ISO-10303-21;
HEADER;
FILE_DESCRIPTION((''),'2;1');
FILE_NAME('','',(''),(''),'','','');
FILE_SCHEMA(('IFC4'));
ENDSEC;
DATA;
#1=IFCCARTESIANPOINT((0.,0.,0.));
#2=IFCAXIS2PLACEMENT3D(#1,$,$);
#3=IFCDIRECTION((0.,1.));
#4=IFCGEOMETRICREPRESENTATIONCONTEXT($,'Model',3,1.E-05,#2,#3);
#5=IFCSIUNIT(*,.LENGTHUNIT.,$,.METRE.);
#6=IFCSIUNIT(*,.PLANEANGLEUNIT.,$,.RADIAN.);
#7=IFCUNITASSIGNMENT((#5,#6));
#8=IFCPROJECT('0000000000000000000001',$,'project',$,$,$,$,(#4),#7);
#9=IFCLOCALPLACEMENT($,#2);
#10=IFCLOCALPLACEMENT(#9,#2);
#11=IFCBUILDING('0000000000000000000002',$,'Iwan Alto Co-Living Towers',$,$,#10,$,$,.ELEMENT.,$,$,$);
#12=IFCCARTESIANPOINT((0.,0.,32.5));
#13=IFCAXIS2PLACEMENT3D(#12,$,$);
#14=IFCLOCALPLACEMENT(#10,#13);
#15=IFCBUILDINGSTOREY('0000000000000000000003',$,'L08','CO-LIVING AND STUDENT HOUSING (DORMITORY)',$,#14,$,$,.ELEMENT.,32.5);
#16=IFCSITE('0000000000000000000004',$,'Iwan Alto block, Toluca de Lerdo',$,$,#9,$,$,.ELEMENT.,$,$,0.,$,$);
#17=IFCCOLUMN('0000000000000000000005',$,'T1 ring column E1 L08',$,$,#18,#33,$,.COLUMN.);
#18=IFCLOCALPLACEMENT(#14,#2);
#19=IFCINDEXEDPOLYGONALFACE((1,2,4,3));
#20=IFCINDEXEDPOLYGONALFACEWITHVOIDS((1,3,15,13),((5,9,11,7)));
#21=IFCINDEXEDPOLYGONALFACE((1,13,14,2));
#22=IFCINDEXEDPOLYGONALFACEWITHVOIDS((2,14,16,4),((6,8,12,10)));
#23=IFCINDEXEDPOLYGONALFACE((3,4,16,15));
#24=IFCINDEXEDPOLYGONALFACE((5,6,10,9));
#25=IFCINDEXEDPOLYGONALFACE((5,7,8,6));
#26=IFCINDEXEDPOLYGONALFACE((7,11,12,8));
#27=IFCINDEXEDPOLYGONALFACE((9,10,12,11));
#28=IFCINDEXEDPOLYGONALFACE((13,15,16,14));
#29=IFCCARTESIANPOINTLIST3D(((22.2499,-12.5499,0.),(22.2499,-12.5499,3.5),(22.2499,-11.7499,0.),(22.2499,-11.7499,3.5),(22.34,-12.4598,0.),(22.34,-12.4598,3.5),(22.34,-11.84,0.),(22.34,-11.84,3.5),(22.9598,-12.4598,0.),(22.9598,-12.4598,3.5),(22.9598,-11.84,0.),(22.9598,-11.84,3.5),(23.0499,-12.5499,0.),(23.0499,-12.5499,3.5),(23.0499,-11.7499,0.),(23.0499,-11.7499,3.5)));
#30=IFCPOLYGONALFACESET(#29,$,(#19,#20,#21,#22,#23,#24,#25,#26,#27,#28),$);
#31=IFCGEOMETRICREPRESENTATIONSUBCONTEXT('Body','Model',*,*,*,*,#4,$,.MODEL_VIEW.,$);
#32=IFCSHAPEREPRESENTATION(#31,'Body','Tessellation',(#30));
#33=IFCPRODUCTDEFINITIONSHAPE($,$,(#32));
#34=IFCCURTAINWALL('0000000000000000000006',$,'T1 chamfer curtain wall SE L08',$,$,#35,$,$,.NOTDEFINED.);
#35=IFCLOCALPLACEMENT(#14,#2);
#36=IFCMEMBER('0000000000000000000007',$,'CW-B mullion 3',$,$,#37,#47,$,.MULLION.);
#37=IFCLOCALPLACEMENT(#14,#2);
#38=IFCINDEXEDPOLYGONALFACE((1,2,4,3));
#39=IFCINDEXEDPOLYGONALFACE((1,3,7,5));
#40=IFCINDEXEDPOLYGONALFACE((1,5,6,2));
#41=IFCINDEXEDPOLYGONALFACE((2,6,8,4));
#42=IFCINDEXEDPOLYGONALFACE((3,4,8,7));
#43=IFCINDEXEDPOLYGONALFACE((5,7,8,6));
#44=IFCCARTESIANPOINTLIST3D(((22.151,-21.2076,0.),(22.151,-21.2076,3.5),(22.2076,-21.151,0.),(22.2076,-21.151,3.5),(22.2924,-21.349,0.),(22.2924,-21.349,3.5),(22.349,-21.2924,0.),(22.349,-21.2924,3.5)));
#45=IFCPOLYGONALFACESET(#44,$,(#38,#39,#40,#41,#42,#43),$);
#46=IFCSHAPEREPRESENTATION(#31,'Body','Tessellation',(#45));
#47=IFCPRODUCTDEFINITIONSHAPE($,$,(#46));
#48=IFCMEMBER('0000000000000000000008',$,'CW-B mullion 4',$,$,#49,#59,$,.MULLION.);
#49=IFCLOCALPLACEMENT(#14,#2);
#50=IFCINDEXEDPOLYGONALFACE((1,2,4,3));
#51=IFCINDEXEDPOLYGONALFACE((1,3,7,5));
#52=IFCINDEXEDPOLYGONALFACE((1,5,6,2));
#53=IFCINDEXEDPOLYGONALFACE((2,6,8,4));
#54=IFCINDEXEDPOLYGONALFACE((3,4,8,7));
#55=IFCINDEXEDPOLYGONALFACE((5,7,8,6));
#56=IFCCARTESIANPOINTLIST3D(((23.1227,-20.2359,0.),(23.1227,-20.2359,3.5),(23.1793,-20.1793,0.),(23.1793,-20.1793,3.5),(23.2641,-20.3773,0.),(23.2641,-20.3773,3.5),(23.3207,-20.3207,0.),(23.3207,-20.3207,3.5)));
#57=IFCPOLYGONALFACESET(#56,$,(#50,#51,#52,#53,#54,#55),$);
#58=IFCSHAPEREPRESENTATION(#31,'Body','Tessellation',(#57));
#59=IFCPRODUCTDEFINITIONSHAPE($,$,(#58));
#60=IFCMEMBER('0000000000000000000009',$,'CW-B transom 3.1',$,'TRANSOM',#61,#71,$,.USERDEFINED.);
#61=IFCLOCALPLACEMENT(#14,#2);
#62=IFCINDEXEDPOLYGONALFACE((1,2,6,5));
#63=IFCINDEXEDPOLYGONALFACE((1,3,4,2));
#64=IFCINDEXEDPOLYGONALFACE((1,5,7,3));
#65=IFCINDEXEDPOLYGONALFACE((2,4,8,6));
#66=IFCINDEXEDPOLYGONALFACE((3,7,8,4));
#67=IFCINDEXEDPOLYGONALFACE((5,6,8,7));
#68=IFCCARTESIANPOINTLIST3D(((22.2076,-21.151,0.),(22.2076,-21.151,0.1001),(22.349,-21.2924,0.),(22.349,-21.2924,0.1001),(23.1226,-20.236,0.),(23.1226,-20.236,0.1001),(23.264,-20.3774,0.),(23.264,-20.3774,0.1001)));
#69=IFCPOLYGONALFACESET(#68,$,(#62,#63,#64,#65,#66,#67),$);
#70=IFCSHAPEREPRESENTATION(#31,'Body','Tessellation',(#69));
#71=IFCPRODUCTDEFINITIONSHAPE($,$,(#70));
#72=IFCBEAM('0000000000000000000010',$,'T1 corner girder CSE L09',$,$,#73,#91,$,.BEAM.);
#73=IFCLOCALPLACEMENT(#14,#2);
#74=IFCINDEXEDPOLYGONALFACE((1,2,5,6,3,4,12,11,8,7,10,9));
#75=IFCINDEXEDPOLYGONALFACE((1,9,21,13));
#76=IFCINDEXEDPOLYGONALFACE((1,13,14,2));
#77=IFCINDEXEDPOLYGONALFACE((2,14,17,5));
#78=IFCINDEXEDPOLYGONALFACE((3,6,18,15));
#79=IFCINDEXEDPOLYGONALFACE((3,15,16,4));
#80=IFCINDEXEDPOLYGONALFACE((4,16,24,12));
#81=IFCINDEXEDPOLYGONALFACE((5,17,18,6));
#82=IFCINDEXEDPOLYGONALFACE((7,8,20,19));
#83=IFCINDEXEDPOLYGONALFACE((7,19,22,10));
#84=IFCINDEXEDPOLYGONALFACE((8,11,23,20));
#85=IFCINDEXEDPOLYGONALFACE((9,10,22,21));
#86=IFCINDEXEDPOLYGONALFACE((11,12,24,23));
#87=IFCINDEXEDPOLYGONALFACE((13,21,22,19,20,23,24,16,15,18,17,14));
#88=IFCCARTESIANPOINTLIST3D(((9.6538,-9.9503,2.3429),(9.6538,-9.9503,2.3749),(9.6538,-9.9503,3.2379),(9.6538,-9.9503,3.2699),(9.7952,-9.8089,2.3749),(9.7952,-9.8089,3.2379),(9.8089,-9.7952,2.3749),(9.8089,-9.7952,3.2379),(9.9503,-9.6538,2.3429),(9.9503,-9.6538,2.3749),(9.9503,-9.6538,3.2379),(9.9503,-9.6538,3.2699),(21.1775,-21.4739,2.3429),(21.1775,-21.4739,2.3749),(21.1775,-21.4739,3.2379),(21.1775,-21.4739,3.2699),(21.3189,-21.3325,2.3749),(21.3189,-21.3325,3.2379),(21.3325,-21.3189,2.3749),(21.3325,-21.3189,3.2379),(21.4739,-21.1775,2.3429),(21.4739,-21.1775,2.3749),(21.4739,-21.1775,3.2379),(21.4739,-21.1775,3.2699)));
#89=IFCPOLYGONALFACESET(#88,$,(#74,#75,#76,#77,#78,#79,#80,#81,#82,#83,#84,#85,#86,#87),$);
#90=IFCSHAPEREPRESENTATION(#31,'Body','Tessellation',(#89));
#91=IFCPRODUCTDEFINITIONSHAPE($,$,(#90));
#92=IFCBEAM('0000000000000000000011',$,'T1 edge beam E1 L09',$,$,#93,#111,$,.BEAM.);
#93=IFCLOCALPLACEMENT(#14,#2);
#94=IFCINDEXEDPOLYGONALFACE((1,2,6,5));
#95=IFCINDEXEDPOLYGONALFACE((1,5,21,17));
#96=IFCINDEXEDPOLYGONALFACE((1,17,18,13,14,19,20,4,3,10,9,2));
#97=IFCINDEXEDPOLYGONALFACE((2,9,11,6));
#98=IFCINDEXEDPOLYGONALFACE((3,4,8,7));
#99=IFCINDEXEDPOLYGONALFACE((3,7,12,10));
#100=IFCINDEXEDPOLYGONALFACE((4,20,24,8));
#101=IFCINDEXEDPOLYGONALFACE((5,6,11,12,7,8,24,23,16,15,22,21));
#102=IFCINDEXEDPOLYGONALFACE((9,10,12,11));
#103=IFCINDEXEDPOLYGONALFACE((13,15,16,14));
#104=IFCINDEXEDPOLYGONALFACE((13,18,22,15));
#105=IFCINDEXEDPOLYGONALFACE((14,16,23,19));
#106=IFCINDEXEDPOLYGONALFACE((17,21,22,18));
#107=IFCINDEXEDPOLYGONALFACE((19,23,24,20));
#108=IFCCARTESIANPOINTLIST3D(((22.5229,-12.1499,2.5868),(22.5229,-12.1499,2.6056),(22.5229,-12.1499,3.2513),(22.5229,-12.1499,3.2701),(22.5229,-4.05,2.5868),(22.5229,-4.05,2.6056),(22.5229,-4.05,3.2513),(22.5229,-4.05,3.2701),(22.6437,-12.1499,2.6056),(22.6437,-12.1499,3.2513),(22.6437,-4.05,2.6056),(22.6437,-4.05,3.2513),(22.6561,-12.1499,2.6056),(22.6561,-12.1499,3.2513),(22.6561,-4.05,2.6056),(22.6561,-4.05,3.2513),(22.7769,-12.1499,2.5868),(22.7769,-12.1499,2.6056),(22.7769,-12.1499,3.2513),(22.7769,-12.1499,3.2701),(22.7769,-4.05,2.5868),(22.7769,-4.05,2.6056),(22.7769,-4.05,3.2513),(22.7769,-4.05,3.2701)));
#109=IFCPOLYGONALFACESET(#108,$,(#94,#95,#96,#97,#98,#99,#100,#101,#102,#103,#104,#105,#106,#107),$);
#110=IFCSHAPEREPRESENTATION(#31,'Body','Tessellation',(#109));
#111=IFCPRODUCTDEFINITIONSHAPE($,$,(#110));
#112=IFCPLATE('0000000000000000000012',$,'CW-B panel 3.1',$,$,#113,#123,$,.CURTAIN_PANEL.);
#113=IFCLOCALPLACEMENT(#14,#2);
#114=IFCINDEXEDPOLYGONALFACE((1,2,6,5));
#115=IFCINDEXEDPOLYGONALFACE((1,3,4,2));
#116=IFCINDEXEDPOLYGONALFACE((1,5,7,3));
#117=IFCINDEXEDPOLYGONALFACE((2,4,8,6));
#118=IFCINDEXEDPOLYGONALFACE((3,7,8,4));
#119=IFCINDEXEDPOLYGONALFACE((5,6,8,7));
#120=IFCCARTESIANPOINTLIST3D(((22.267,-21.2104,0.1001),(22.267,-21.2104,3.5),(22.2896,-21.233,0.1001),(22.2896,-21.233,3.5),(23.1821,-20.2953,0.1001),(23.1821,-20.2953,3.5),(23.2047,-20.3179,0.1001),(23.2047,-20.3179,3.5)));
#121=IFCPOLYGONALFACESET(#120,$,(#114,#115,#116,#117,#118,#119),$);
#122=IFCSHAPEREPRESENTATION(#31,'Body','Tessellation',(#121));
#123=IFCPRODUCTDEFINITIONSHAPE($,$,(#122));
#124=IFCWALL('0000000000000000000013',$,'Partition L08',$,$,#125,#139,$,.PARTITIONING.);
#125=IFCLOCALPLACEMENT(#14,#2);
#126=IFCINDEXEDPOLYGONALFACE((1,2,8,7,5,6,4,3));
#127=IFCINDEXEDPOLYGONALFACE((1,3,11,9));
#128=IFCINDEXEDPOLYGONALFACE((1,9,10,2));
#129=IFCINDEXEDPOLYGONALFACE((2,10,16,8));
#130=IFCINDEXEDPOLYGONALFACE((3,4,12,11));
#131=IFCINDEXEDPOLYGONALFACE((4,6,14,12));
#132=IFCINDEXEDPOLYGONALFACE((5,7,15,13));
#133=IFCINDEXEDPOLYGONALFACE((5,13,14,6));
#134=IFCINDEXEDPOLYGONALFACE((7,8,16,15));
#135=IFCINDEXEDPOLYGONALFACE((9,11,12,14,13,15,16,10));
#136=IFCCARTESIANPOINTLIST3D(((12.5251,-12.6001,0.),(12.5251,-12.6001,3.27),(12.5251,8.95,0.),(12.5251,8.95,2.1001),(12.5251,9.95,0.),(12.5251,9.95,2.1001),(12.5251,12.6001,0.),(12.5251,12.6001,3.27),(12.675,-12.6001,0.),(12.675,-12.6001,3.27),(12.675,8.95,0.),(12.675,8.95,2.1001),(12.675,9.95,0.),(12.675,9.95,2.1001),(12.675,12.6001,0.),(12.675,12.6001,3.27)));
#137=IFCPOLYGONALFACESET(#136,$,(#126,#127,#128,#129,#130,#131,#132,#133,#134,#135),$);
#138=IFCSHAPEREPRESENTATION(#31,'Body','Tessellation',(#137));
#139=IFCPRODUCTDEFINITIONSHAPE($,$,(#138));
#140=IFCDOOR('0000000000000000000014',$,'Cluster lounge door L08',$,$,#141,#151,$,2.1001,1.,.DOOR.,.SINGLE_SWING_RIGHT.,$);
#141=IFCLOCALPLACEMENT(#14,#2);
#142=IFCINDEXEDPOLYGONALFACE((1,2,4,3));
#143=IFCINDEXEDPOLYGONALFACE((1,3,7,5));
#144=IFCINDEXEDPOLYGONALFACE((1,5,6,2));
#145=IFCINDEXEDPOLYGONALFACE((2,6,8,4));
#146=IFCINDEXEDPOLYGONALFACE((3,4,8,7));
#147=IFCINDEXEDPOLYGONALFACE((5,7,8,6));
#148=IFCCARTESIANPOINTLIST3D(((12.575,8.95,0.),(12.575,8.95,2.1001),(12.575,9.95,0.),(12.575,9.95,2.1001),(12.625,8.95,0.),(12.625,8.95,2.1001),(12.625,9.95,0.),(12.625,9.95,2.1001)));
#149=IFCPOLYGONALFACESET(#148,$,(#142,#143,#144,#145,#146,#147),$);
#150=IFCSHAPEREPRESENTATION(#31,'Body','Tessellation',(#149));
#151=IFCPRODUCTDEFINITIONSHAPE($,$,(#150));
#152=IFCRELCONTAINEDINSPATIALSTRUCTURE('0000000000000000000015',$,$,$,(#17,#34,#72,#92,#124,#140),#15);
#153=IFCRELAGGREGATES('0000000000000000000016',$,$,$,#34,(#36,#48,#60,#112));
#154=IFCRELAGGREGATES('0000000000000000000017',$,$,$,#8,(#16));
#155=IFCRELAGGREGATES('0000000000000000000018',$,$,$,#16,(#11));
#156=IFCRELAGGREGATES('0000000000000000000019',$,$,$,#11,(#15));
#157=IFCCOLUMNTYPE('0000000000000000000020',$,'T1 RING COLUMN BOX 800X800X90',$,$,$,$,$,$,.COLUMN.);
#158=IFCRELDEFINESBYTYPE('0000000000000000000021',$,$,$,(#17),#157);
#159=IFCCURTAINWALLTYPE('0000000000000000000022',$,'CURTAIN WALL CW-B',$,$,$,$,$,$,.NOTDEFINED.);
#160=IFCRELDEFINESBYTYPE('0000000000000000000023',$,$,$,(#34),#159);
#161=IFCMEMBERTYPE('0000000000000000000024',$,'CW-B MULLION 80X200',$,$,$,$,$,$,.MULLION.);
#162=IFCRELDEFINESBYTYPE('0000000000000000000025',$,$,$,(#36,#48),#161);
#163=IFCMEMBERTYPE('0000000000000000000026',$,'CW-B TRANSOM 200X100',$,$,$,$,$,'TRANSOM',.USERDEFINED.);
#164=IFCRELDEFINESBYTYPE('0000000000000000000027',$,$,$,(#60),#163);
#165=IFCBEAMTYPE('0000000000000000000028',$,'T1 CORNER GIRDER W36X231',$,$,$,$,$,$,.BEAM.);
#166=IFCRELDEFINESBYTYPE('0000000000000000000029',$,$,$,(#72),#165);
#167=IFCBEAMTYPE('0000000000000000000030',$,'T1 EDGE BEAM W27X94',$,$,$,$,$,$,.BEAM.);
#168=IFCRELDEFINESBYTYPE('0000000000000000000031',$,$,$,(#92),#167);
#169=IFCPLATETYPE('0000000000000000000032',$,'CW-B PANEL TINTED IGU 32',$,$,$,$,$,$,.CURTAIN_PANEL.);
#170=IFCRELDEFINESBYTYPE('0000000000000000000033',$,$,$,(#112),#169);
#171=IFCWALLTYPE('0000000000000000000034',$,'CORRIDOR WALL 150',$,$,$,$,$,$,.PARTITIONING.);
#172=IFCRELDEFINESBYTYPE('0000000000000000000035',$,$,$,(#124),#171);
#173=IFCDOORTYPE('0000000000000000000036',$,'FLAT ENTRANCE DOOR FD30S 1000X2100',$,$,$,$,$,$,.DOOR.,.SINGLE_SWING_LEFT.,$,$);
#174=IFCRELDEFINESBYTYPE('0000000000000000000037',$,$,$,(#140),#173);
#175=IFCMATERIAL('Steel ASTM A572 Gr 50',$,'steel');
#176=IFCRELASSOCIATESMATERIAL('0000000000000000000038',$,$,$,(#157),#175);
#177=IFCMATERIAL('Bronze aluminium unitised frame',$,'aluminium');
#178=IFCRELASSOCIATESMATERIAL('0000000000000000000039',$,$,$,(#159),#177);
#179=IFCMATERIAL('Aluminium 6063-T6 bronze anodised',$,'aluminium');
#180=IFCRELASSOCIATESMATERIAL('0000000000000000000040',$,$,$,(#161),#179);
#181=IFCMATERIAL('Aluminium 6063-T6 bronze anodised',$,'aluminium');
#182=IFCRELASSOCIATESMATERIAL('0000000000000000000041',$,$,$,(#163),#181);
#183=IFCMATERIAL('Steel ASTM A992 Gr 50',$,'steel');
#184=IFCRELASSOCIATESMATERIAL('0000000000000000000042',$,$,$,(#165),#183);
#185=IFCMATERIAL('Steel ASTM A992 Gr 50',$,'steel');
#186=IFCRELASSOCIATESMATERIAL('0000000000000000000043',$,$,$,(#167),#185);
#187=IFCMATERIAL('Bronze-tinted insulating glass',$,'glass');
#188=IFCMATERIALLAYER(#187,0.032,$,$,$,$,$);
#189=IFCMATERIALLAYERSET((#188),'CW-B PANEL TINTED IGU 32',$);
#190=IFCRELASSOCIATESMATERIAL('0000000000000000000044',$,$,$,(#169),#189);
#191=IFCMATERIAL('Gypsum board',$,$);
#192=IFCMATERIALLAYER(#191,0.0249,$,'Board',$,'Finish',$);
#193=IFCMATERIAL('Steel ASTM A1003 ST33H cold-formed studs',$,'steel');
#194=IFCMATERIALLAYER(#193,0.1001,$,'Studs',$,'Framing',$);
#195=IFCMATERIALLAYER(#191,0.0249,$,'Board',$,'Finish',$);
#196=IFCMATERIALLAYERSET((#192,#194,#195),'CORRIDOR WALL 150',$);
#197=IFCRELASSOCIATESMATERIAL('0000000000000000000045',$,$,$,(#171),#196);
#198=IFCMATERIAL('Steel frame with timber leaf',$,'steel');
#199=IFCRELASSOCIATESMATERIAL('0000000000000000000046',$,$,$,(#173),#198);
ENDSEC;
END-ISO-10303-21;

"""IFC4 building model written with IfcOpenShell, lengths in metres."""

from ifc_helpers import new_model, si_unit, direction, frame, frame_2d, origin, origin_2d, place, context, subcontext, project, spatial, rectangle, hollow_rectangle, i_section, extrude, material, layer, layer_set, material_profile, profile_set, type_object, element, fill, aggregate, save


model = new_model("IFC4")

# Units and contexts
model_context = context("Model", 3, precision=1e-05, world=origin(), true_north=direction((0.0, 1.0)))
body_context = subcontext(model_context, "Body", "Model", "MODEL_VIEW")
ifc_project = project(units=[si_unit("LENGTHUNIT", "METRE"), si_unit("PLANEANGLEUNIT", "RADIAN")], contexts=[model_context])

# Site, building, storey
site_placement = place(None, origin())
site = spatial("IfcSite", under=ifc_project, at=site_placement, Name="Iwan Alto block, Toluca de Lerdo", CompositionType="ELEMENT", RefElevation=0.0)
building_placement = place(site_placement, origin())
building = spatial("IfcBuilding", under=site, at=building_placement, Name="Iwan Alto Co-Living Towers", CompositionType="ELEMENT")
storey_placement = place(building_placement, frame((0.0, 0.0, 32.5)))
storey = spatial("IfcBuildingStorey", under=building, at=storey_placement, Name="L08", Description="CO-LIVING AND STUDENT HOUSING (DORMITORY)", CompositionType="ELEMENT", Elevation=32.5)

# Column
ifc_material_1 = material(Name="Steel ASTM A572 Gr 50", Category="steel")
ifc_material_profile_1 = material_profile(ifc_material_1, hollow_rectangle(XDim=0.8, YDim=0.8, WallThickness=0.0901, at=origin_2d()), Name="BOX 800X800X90")
ifc_profile_set_1 = profile_set([ifc_material_profile_1], Name="Steel ASTM A572 Gr 50")
column_type = type_object("IfcColumnType", Name="T1 RING COLUMN BOX 800X800X90", PredefinedType="COLUMN", material=ifc_profile_set_1)
column_placement = place(storey_placement, frame((22.6499, -12.1499, 0.0), z_axis=(0.0, 0.0, 1.0), x_axis=(1.0, 0.0, 0.0)))
element("IfcColumn", 1, at=column_placement, inside=storey, type_object=column_type, Name="T1 ring column E1 L08", PredefinedType="COLUMN", context=body_context, shape_type="SweptSolid", body=[
    extrude(hollow_rectangle(XDim=0.8, YDim=0.8, WallThickness=0.0901, at=origin_2d()), origin(), (0.0, 0.0, 1.0), 3.5),
])

# Curtain wall, members
ifc_material_2 = material(Name="Bronze aluminium unitised frame", Category="aluminium")
curtain_wall_type = type_object("IfcCurtainWallType", Name="CURTAIN WALL CW-B", PredefinedType="NOTDEFINED", material=ifc_material_2)
curtain_wall_placement = place(storey_placement, origin())
curtain_wall = element("IfcCurtainWall", 2, at=curtain_wall_placement, inside=storey, type_object=curtain_wall_type, Name="T1 chamfer curtain wall SE L08", PredefinedType="NOTDEFINED")
ifc_material_3 = material(Name="Aluminium 6063-T6 bronze anodised", Category="aluminium")
ifc_material_profile_2 = material_profile(ifc_material_3, rectangle(XDim=0.2, YDim=0.0801, at=origin_2d()), Name="AL 80X200")
ifc_profile_set_2 = profile_set([ifc_material_profile_2], Name="Aluminium 6063-T6 bronze anodised")
member_type_1 = type_object("IfcMemberType", Name="CW-B MULLION 80X200", PredefinedType="MULLION", material=ifc_profile_set_2)
member_1_placement = place(storey_placement, frame((22.25, -21.25, 0.0), z_axis=(0.0, 0.0, 1.0), x_axis=(-0.707107, 0.707107, 0.0)))
member_1 = element("IfcMember", 3, at=member_1_placement, type_object=member_type_1, Name="CW-B mullion 3", PredefinedType="MULLION", context=body_context, shape_type="SweptSolid", body=[
    extrude(rectangle(XDim=0.2, YDim=0.0801, at=origin_2d()), origin(), (0.0, 0.0, 1.0), 3.5),
])
member_2_placement = place(storey_placement, frame((23.2217, -20.2783, 0.0), z_axis=(0.0, 0.0, 1.0), x_axis=(-0.707107, 0.707107, 0.0)))
member_2 = element("IfcMember", 4, at=member_2_placement, type_object=member_type_1, Name="CW-B mullion 4", PredefinedType="MULLION", context=body_context, shape_type="SweptSolid", body=[
    extrude(rectangle(XDim=0.2, YDim=0.0801, at=origin_2d()), origin(), (0.0, 0.0, 1.0), 3.5),
])
ifc_material_4 = material(Name="Aluminium 6063-T6 bronze anodised", Category="aluminium")
ifc_material_profile_3 = material_profile(ifc_material_4, rectangle(XDim=0.2, YDim=0.1001, at=origin_2d()), Name="AL 200X100")
ifc_profile_set_3 = profile_set([ifc_material_profile_3], Name="Aluminium 6063-T6 bronze anodised")
member_type_2 = type_object("IfcMemberType", Name="CW-B TRANSOM 200X100", ElementType="TRANSOM", PredefinedType="USERDEFINED", material=ifc_profile_set_3)
member_3_placement = place(storey_placement, frame((22.2783, -21.2217, 0.05), z_axis=(0.707107, 0.707107, 0.0), x_axis=(-0.707107, 0.707107, 0.0)))
member_3 = element("IfcMember", 5, at=member_3_placement, type_object=member_type_2, Name="CW-B transom 3.1", ObjectType="TRANSOM", PredefinedType="USERDEFINED", context=body_context, shape_type="SweptSolid", body=[
    extrude(rectangle(XDim=0.2, YDim=0.1001, at=origin_2d()), origin(), (0.0, 0.0, 1.0), 1.2939),
])

# Beams
ifc_material_5 = material(Name="Steel ASTM A992 Gr 50", Category="steel")
ifc_material_profile_4 = material_profile(ifc_material_5, i_section(OverallWidth=0.4192, OverallDepth=0.927, WebThickness=0.0193, FlangeThickness=0.032, at=origin_2d()), Name="W36X231")
ifc_profile_set_4 = profile_set([ifc_material_profile_4], Name="Steel ASTM A992 Gr 50")
beam_type_1 = type_object("IfcBeamType", Name="T1 CORNER GIRDER W36X231", PredefinedType="BEAM", material=ifc_profile_set_4)
beam_1_placement = place(storey_placement, frame((21.3257, -21.3257, 2.8064), z_axis=(-0.707107, 0.707107, 0.0), x_axis=(-0.707107, -0.707107, 0.0)))
element("IfcBeam", 6, at=beam_1_placement, inside=storey, type_object=beam_type_1, Name="T1 corner girder CSE L09", PredefinedType="BEAM", context=body_context, shape_type="SweptSolid", body=[
    extrude(i_section(OverallWidth=0.4192, OverallDepth=0.927, WebThickness=0.0193, FlangeThickness=0.032, at=origin_2d()), origin(), (0.0, 0.0, 1.0), 16.2969),
])
ifc_material_6 = material(Name="Steel ASTM A992 Gr 50", Category="steel")
ifc_material_profile_5 = material_profile(ifc_material_6, i_section(OverallWidth=0.2539, OverallDepth=0.6833, WebThickness=0.0125, FlangeThickness=0.0188, at=origin_2d()), Name="W27X94")
ifc_profile_set_5 = profile_set([ifc_material_profile_5], Name="Steel ASTM A992 Gr 50")
beam_type_2 = type_object("IfcBeamType", Name="T1 EDGE BEAM W27X94", PredefinedType="BEAM", material=ifc_profile_set_5)
beam_2_placement = place(storey_placement, frame((22.6499, -12.1499, 2.9285), z_axis=(0.0, 1.0, 0.0), x_axis=(-1.0, 0.0, 0.0)))
element("IfcBeam", 7, at=beam_2_placement, inside=storey, type_object=beam_type_2, Name="T1 edge beam E1 L09", PredefinedType="BEAM", context=body_context, shape_type="SweptSolid", body=[
    extrude(i_section(OverallWidth=0.2539, OverallDepth=0.6833, WebThickness=0.0125, FlangeThickness=0.0188, at=origin_2d()), origin(), (0.0, 0.0, 1.0), 8.0999),
])

# Plate
ifc_material_7 = material(Name="Bronze-tinted insulating glass", Category="glass")
ifc_layer_1 = layer(ifc_material_7, 0.032)
ifc_layer_set_1 = layer_set([ifc_layer_1], Name="CW-B PANEL TINTED IGU 32")
plate_type = type_object("IfcPlateType", Name="CW-B PANEL TINTED IGU 32", PredefinedType="CURTAIN_PANEL", material=ifc_layer_set_1)
plate_placement = place(storey_placement, frame((22.7358, -20.7642, 0.1001), z_axis=(0.0, 0.0, 1.0), x_axis=(0.707107, 0.707107, 0.0)))
plate = element("IfcPlate", 8, at=plate_placement, type_object=plate_type, Name="CW-B panel 3.1", PredefinedType="CURTAIN_PANEL", context=body_context, shape_type="SweptSolid", body=[
    extrude(rectangle(XDim=1.2942, YDim=0.032, at=origin_2d()), origin(), (0.0, 0.0, 1.0), 3.3999),
])
aggregate(curtain_wall, [member_1, member_2, member_3, plate])

# Wall, opening, door
ifc_material_8 = material(Name="Gypsum board")
ifc_layer_2 = layer(ifc_material_8, 0.0249, Name="Board", Category="Finish")
ifc_material_9 = material(Name="Steel ASTM A1003 ST33H cold-formed studs", Category="steel")
ifc_layer_3 = layer(ifc_material_9, 0.1001, Name="Studs", Category="Framing")
ifc_layer_4 = layer(ifc_material_8, 0.0249, Name="Board", Category="Finish")
ifc_layer_set_2 = layer_set([ifc_layer_2, ifc_layer_3, ifc_layer_4], Name="CORRIDOR WALL 150")
wall_type_1 = type_object("IfcWallType", Name="CORRIDOR WALL 150", PredefinedType="PARTITIONING", material=ifc_layer_set_2)
wall_1_placement = place(storey_placement, frame((12.6001, -12.6001, 0.0), z_axis=(0.0, 0.0, 1.0), x_axis=(0.0, 1.0, 0.0)))
wall_1 = element("IfcWall", 9, at=wall_1_placement, inside=storey, type_object=wall_type_1, Name="Partition L08", PredefinedType="PARTITIONING", context=body_context, shape_type="SweptSolid", body=[
    extrude(rectangle(XDim=25.2002, YDim=0.1499, at=frame_2d((12.6001, 0.0))), origin(), (0.0, 0.0, 1.0), 3.27),
])
opening_1_placement = place(wall_1_placement, frame((21.55, 0.0, 0.0)))
opening_1 = element("IfcOpeningElement", 10, at=opening_1_placement, cuts=wall_1, PredefinedType="OPENING", context=body_context, shape_type="SweptSolid", body=[
    extrude(rectangle(XDim=1.0, YDim=2.1001, at=frame_2d((0.5, 1.05))), frame((0.0, 0.085, 0.0), z_axis=(0.0, -1.0, 0.0), x_axis=(1.0, 0.0, 0.0)), (0.0, 0.0, 1.0), 0.1699),
])
ifc_material_10 = material(Name="Steel frame with timber leaf", Category="steel")
door_type_1 = type_object("IfcDoorType", Name="FLAT ENTRANCE DOOR FD30S 1000X2100", OperationType="SINGLE_SWING_LEFT", PredefinedType="DOOR", material=ifc_material_10)
door_1_placement = place(opening_1_placement, frame((1.0, 0.0, 0.0), z_axis=(0.0, 0.0, 1.0), x_axis=(-1.0, 0.0, 0.0)))
door_1 = element("IfcDoor", 11, at=door_1_placement, inside=storey, type_object=door_type_1, Name="Cluster lounge door L08", OperationType="SINGLE_SWING_RIGHT", OverallHeight=2.1001, OverallWidth=1.0, PredefinedType="DOOR", context=body_context, shape_type="SweptSolid", body=[
    extrude(rectangle(XDim=1.0, YDim=2.1001, at=frame_2d((0.5, 1.05))), frame((0.0, 0.0249, 0.0), z_axis=(0.0, -1.0, 0.0), x_axis=(1.0, 0.0, 0.0)), (0.0, 0.0, 1.0), 0.05),
])
fill(opening_1, door_1)

save(model, "model.ifc")
